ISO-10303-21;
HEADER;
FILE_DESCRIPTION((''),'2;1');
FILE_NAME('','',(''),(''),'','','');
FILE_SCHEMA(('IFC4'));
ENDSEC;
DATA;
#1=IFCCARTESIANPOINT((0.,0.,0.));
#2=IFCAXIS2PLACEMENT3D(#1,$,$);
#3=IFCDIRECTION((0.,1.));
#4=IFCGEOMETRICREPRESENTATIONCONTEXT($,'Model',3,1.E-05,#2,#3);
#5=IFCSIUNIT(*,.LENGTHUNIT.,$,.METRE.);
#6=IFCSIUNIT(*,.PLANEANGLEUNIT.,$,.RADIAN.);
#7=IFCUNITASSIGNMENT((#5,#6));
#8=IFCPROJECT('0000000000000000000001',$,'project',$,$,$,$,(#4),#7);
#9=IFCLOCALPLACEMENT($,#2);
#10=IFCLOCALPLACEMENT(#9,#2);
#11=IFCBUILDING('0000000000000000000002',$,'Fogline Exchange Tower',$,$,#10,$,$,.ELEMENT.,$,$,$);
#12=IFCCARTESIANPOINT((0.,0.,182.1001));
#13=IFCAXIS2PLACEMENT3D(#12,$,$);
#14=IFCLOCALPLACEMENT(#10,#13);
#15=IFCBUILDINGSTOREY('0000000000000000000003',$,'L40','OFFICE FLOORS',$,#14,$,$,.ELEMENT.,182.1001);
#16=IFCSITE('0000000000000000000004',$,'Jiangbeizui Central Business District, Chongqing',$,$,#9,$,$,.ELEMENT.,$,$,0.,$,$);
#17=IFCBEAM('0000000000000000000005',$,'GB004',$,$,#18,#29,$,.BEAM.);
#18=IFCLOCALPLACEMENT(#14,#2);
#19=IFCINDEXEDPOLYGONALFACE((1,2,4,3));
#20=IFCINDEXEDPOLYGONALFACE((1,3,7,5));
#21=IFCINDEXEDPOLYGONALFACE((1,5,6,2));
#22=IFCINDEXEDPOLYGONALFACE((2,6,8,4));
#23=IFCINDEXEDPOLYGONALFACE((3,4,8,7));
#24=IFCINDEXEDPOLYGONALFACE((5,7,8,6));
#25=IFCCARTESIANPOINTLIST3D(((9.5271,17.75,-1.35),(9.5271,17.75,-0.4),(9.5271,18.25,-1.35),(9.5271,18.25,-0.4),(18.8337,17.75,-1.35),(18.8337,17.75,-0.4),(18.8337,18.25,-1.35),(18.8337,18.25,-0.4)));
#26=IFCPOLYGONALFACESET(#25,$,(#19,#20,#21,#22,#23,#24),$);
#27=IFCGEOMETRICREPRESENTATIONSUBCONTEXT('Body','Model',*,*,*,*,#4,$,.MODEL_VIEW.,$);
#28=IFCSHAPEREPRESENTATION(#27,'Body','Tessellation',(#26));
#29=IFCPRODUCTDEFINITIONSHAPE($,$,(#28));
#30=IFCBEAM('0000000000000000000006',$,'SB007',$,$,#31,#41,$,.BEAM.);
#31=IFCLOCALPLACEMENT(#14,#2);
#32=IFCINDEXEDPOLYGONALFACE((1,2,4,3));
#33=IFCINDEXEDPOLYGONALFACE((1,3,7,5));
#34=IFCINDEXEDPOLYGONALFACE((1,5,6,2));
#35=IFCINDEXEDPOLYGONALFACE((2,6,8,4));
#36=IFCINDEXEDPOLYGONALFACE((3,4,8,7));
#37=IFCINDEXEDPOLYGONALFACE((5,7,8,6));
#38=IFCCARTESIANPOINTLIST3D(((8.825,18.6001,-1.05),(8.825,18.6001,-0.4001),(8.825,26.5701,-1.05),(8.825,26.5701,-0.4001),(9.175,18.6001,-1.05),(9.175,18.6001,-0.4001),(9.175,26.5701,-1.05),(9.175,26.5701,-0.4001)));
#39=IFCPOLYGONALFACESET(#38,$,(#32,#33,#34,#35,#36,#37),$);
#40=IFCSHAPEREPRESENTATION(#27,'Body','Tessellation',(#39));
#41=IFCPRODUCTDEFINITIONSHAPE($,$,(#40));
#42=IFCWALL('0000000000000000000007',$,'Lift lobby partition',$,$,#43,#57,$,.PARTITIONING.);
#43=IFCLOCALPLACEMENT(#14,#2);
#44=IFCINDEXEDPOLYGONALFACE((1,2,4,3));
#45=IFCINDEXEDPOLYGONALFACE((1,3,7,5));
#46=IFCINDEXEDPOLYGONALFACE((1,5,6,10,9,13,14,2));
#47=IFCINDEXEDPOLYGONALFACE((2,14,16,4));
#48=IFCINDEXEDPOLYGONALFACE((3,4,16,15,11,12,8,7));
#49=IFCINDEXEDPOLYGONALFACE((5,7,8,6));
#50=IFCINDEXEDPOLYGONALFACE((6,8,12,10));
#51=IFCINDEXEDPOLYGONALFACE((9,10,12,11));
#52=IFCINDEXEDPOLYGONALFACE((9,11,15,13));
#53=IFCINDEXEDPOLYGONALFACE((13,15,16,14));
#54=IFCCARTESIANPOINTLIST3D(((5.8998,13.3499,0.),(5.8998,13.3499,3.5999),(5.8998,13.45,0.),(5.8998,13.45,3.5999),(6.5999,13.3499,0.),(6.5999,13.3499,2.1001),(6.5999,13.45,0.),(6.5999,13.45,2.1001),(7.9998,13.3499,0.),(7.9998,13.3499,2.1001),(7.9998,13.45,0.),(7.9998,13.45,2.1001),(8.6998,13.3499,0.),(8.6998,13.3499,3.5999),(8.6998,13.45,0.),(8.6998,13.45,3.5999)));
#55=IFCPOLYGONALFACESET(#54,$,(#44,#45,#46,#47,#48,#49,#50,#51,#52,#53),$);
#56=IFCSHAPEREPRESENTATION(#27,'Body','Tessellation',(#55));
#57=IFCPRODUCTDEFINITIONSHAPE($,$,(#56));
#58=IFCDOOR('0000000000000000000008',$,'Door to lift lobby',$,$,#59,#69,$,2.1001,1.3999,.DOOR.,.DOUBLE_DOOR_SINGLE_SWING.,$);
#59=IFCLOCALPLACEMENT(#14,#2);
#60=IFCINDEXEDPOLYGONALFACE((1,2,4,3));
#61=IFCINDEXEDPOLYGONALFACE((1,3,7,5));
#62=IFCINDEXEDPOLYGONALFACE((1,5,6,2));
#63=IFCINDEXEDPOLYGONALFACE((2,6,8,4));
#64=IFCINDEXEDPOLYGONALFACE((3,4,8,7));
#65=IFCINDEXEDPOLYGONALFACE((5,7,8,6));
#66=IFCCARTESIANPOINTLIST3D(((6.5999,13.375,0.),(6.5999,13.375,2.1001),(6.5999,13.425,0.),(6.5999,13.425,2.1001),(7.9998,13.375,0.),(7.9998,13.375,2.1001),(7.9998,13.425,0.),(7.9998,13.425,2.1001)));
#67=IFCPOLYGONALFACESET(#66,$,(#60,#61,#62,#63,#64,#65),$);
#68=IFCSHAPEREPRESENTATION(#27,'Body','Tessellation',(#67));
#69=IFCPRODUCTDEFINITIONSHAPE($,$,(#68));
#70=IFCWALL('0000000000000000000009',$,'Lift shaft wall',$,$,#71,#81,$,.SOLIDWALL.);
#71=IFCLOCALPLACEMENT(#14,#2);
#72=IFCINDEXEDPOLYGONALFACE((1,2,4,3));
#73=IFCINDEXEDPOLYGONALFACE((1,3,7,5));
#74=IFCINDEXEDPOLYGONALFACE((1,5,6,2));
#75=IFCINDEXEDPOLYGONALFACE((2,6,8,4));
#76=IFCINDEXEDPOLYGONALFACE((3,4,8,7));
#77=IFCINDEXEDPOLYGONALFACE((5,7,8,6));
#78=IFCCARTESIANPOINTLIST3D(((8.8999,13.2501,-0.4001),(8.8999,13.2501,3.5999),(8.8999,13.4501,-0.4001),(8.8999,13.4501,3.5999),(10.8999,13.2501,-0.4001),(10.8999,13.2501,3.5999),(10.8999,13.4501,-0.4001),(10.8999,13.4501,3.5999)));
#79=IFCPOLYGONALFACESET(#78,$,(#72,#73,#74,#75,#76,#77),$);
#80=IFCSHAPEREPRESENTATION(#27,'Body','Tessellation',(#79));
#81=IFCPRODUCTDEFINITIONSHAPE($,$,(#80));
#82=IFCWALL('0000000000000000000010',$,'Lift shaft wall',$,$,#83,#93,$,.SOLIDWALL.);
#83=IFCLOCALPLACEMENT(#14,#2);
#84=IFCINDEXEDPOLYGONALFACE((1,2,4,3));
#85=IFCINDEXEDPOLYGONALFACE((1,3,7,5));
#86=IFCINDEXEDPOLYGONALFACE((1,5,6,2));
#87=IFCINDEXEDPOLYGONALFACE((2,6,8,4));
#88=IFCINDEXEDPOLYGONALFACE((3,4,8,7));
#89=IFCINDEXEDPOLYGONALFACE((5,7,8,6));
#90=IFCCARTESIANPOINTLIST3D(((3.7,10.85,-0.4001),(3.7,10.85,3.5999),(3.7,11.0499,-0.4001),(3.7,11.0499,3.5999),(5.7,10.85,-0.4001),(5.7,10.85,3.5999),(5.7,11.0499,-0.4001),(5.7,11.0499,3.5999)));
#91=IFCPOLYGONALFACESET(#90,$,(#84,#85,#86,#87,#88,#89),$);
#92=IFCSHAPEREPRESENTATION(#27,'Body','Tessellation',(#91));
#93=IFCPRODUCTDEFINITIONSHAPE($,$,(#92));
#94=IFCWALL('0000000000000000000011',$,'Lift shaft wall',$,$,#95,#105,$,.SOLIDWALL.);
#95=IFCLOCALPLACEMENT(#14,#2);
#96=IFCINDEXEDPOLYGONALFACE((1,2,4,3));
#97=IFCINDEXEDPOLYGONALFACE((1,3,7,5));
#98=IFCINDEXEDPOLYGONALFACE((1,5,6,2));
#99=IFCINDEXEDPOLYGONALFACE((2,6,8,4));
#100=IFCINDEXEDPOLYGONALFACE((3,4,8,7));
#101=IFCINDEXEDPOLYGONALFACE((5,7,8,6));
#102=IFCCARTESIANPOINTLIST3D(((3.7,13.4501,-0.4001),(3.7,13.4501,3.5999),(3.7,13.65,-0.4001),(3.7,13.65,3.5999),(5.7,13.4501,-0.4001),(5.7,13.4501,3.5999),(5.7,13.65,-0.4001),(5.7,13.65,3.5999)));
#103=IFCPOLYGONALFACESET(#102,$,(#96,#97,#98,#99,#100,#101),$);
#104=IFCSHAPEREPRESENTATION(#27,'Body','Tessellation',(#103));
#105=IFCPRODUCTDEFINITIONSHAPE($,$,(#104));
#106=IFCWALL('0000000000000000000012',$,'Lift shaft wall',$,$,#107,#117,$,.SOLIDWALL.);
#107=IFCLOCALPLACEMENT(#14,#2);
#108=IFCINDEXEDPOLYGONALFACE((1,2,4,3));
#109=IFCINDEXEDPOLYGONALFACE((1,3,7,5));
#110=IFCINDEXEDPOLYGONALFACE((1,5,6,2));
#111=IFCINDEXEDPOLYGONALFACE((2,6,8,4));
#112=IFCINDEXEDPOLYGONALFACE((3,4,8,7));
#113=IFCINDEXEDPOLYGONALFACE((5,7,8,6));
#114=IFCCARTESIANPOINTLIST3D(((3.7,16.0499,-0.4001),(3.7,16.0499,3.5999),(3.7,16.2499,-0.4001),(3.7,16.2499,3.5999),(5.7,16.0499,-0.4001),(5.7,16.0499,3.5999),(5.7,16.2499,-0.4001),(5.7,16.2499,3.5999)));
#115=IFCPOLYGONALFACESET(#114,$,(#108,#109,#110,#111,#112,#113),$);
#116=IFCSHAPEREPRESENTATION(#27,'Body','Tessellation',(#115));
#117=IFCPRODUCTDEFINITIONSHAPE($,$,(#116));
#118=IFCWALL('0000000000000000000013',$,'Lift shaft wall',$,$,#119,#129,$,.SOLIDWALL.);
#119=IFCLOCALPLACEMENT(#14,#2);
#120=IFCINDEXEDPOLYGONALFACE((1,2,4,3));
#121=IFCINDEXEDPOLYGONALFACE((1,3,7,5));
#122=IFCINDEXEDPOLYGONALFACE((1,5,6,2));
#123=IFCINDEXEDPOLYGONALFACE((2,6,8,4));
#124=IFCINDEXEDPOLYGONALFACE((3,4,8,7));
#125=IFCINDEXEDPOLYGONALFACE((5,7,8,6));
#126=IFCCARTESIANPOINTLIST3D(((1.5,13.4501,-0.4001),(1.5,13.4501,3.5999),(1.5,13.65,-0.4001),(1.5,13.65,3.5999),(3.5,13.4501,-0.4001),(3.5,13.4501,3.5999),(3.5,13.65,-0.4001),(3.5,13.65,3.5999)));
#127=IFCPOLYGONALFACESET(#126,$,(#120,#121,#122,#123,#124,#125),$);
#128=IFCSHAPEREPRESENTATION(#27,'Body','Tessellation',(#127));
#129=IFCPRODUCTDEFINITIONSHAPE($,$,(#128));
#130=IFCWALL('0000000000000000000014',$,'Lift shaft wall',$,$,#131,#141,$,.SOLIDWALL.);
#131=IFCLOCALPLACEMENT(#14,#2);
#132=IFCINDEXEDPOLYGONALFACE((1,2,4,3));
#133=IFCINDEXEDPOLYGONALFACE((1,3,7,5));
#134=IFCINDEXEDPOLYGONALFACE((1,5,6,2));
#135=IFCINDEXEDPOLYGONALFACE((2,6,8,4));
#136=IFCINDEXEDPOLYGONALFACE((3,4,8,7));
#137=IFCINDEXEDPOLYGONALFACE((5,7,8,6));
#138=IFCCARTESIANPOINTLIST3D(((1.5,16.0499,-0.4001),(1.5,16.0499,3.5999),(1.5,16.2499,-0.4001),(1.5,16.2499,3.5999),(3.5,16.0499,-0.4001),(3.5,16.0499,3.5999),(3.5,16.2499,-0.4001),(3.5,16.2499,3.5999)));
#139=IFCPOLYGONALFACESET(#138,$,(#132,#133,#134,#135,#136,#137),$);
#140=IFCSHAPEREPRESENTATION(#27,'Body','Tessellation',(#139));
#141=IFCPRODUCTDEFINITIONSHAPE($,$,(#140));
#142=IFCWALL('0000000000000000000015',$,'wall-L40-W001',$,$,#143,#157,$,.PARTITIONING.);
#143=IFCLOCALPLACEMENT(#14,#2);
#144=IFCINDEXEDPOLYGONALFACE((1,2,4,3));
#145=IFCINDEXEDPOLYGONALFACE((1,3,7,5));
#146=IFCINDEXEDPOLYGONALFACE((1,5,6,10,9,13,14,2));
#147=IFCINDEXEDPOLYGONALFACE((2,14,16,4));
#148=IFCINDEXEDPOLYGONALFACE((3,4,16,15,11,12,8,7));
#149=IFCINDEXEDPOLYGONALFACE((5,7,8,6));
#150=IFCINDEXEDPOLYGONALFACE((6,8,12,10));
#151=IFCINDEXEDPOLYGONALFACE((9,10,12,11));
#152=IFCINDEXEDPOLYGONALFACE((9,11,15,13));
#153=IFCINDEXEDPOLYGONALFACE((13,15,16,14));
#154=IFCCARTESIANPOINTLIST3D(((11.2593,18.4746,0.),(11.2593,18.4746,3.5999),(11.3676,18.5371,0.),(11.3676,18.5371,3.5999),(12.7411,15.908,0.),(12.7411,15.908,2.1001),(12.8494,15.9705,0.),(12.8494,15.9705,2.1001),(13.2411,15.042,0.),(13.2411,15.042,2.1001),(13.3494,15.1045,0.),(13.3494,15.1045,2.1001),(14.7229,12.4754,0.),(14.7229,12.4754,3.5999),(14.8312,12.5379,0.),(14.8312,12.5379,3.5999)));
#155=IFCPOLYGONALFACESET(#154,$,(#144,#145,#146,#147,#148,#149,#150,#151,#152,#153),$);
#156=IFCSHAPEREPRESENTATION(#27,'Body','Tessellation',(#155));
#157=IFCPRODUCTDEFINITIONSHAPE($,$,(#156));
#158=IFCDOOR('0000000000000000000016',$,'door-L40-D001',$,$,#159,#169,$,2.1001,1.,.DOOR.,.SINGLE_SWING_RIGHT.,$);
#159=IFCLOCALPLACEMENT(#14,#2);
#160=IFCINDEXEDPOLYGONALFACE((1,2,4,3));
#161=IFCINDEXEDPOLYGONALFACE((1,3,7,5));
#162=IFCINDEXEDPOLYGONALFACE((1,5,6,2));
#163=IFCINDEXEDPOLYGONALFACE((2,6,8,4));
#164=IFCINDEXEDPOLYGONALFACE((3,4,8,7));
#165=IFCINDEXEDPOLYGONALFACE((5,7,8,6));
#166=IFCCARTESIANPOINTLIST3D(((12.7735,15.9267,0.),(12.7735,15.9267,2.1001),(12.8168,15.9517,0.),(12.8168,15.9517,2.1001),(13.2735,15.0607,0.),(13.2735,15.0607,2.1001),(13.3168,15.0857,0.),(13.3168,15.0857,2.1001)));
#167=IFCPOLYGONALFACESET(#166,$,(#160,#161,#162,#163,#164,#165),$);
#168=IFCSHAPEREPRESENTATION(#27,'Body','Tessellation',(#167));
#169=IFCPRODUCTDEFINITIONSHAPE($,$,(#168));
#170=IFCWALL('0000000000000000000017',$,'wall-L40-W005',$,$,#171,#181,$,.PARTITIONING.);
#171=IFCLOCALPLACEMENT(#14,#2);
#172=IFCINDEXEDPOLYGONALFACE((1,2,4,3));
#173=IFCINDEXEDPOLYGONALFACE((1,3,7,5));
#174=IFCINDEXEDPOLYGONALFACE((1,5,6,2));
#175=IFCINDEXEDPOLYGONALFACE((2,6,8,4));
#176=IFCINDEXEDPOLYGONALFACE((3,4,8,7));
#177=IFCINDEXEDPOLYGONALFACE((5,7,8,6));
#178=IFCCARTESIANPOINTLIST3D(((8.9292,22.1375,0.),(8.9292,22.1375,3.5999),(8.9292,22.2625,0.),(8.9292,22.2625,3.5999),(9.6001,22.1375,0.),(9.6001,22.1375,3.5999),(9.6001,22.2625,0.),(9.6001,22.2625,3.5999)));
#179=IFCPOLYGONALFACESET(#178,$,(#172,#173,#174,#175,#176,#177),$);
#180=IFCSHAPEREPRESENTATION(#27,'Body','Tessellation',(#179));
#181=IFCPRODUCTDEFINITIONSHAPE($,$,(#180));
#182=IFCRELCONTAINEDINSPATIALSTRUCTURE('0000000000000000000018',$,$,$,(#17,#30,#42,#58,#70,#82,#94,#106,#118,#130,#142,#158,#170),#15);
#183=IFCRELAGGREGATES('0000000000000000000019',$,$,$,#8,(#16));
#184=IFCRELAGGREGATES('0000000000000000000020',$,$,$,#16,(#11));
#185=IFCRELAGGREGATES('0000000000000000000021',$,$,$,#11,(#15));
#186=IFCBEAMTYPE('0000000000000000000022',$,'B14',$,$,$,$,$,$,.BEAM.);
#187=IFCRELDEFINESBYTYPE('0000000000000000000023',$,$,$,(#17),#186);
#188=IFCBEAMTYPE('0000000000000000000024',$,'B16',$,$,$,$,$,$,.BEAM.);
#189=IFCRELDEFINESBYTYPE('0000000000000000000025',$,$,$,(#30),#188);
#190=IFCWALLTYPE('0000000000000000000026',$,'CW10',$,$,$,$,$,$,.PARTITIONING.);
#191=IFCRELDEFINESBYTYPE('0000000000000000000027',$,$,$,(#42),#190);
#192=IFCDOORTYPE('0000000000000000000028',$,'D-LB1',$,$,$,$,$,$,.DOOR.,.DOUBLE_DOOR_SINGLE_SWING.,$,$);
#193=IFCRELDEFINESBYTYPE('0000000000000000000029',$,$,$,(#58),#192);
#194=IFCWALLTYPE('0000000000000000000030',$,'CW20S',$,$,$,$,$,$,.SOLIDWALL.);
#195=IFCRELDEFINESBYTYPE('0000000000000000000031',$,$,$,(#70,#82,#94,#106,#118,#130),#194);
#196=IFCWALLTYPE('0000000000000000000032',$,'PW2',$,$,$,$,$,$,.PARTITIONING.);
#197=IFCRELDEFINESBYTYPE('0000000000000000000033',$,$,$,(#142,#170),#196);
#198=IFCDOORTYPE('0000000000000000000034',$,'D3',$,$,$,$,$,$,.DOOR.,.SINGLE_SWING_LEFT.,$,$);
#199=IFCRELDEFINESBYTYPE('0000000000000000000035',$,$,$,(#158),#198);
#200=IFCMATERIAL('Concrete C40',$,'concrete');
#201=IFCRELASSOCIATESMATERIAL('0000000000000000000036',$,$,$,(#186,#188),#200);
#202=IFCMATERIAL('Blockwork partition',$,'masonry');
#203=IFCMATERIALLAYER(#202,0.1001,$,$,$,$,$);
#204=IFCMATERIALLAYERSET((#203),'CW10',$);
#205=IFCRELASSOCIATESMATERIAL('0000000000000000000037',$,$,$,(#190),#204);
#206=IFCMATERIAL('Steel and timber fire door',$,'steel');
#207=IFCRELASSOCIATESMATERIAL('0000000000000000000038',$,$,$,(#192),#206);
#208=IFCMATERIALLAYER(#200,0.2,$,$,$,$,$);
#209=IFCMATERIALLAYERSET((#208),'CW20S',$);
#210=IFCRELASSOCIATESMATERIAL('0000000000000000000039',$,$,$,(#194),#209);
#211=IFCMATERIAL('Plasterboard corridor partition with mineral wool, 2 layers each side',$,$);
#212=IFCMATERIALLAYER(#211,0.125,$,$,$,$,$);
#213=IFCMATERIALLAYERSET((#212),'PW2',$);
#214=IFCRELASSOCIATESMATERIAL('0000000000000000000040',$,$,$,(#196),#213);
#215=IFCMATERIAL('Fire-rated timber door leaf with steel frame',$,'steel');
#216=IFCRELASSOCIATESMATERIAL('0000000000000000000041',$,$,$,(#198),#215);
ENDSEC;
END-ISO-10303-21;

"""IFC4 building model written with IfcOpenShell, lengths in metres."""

from ifc_helpers import new_model, si_unit, direction, frame, frame_2d, origin, origin_2d, place, context, subcontext, project, spatial, rectangle, extrude, material, layer, layer_set, material_profile, profile_set, type_object, element, fill, save


model = new_model("IFC4")

# Units and contexts
model_context = context("Model", 3, precision=1e-05, world=origin(), true_north=direction((0.0, 1.0)))
body_context = subcontext(model_context, "Body", "Model", "MODEL_VIEW")
ifc_project = project(units=[si_unit("LENGTHUNIT", "METRE"), si_unit("PLANEANGLEUNIT", "RADIAN")], contexts=[model_context])

# Site, building, storey
site_placement = place(None, origin())
site = spatial("IfcSite", under=ifc_project, at=site_placement, Name="Jiangbeizui Central Business District, Chongqing", CompositionType="ELEMENT", RefElevation=0.0)
building_placement = place(site_placement, origin())
building = spatial("IfcBuilding", under=site, at=building_placement, Name="Fogline Exchange Tower", CompositionType="ELEMENT")
storey_placement = place(building_placement, frame((0.0, 0.0, 182.1001)))
storey = spatial("IfcBuildingStorey", under=building, at=storey_placement, Name="L40", Description="OFFICE FLOORS", CompositionType="ELEMENT", Elevation=182.1001)

# Beams
ifc_material_1 = material(Name="Concrete C40", Category="concrete")
ifc_material_profile_1 = material_profile(ifc_material_1, rectangle(XDim=0.5, YDim=0.95, at=origin_2d()), Name="RC 500x950")
ifc_profile_set_1 = profile_set([ifc_material_profile_1], Name="Concrete C40")
beam_type_1 = type_object("IfcBeamType", Name="B14", PredefinedType="BEAM", material=ifc_profile_set_1)
beam_1_placement = place(storey_placement, frame((9.5271, 18.0, -0.875), z_axis=(1.0, 0.0, 0.0), x_axis=(0.0, 1.0, 0.0)))
element("IfcBeam", 1, at=beam_1_placement, inside=storey, type_object=beam_type_1, Name="GB004", PredefinedType="BEAM", context=body_context, shape_type="SweptSolid", body=[
    extrude(rectangle(XDim=0.5, YDim=0.95, at=origin_2d()), origin(), (0.0, 0.0, 1.0), 9.3066),
])
ifc_material_profile_2 = material_profile(ifc_material_1, rectangle(XDim=0.3501, YDim=0.6499, at=origin_2d()), Name="RC 350x650")
ifc_profile_set_2 = profile_set([ifc_material_profile_2], Name="Concrete C40")
beam_type_2 = type_object("IfcBeamType", Name="B16", PredefinedType="BEAM", material=ifc_profile_set_2)
beam_2_placement = place(storey_placement, frame((9.0, 18.6001, -0.7251), z_axis=(0.0, 1.0, 0.0), x_axis=(-1.0, 0.0, 0.0)))
element("IfcBeam", 2, at=beam_2_placement, inside=storey, type_object=beam_type_2, Name="SB007", PredefinedType="BEAM", context=body_context, shape_type="SweptSolid", body=[
    extrude(rectangle(XDim=0.3501, YDim=0.6499, at=origin_2d()), origin(), (0.0, 0.0, 1.0), 7.97),
])

# Wall, opening, door
ifc_material_2 = material(Name="Blockwork partition", Category="masonry")
ifc_layer_1 = layer(ifc_material_2, 0.1001)
ifc_layer_set_1 = layer_set([ifc_layer_1], Name="CW10")
wall_type_1 = type_object("IfcWallType", Name="CW10", PredefinedType="PARTITIONING", material=ifc_layer_set_1)
wall_1_placement = place(storey_placement, frame((5.8999, 13.3999, 0.0), z_axis=(0.0, 0.0, 1.0), x_axis=(1.0, 0.0, 0.0)))
wall_1 = element("IfcWall", 3, at=wall_1_placement, inside=storey, type_object=wall_type_1, Name="Lift lobby partition", PredefinedType="PARTITIONING", context=body_context, shape_type="SweptSolid", body=[
    extrude(rectangle(XDim=2.8, YDim=0.1001, at=frame_2d((1.3999, 0.0))), origin(), (0.0, 0.0, 1.0), 3.5999),
])
opening_1_placement = place(wall_1_placement, frame((0.7, 0.0, 0.0)))
opening_1 = element("IfcOpeningElement", 4, at=opening_1_placement, cuts=wall_1, PredefinedType="OPENING", context=body_context, shape_type="SweptSolid", body=[
    extrude(rectangle(XDim=1.3999, YDim=2.1001, at=frame_2d((0.7, 1.05))), frame((0.0, 0.0601, 0.0), z_axis=(0.0, -1.0, 0.0), x_axis=(1.0, 0.0, 0.0)), (0.0, 0.0, 1.0), 0.1201),
])
ifc_material_3 = material(Name="Steel and timber fire door", Category="steel")
door_type_1 = type_object("IfcDoorType", Name="D-LB1", OperationType="DOUBLE_DOOR_SINGLE_SWING", PredefinedType="DOOR", material=ifc_material_3)
door_1_placement = place(opening_1_placement, frame((1.3999, 0.0, 0.0), z_axis=(0.0, 0.0, 1.0), x_axis=(-1.0, 0.0, 0.0)))
door_1 = element("IfcDoor", 5, at=door_1_placement, inside=storey, type_object=door_type_1, Name="Door to lift lobby", OperationType="DOUBLE_DOOR_SINGLE_SWING", OverallHeight=2.1001, OverallWidth=1.3999, PredefinedType="DOOR", context=body_context, shape_type="SweptSolid", body=[
    extrude(rectangle(XDim=1.3999, YDim=2.1001, at=frame_2d((0.7, 1.05))), frame((0.0, 0.0249, 0.0), z_axis=(0.0, -1.0, 0.0), x_axis=(1.0, 0.0, 0.0)), (0.0, 0.0, 1.0), 0.05),
])
fill(opening_1, door_1)

# Walls
ifc_layer_2 = layer(ifc_material_1, 0.2)
ifc_layer_set_2 = layer_set([ifc_layer_2], Name="CW20S")
wall_type_2 = type_object("IfcWallType", Name="CW20S", PredefinedType="SOLIDWALL", material=ifc_layer_set_2)
for number, where, z_axis, x_axis, name in (
    (6, (8.8999, 13.3501, -0.4001), (0.0, 0.0, 1.0), (1.0, 0.0, 0.0), "Lift shaft wall"),
    (7, (3.7, 10.95, -0.4001), (0.0, 0.0, 1.0), (1.0, 0.0, 0.0), "Lift shaft wall"),
    (8, (3.7, 13.55, -0.4001), (0.0, 0.0, 1.0), (1.0, 0.0, 0.0), "Lift shaft wall"),
    (9, (3.7, 16.1499, -0.4001), (0.0, 0.0, 1.0), (1.0, 0.0, 0.0), "Lift shaft wall"),
    (10, (1.5, 13.55, -0.4001), (0.0, 0.0, 1.0), (1.0, 0.0, 0.0), "Lift shaft wall"),
    (11, (1.5, 16.1499, -0.4001), (0.0, 0.0, 1.0), (1.0, 0.0, 0.0), "Lift shaft wall"),
):
    element("IfcWall", number, at=place(storey_placement, frame(where, z_axis=z_axis, x_axis=x_axis)), inside=storey, type_object=wall_type_2, Name=name, PredefinedType="SOLIDWALL", context=body_context, shape_type="SweptSolid", body=[
        extrude(rectangle(XDim=2.0, YDim=0.2, at=frame_2d((1.0, 0.0))), origin(), (0.0, 0.0, 1.0), 4.0),
    ])

# Wall, opening, door
ifc_material_4 = material(Name="Plasterboard corridor partition with mineral wool, 2 layers each side")
ifc_layer_3 = layer(ifc_material_4, 0.125)
ifc_layer_set_3 = layer_set([ifc_layer_3], Name="PW2")
wall_type_3 = type_object("IfcWallType", Name="PW2", PredefinedType="PARTITIONING", material=ifc_layer_set_3)
wall_2_placement = place(storey_placement, frame((11.3135, 18.5059, 0.0), z_axis=(0.0, 0.0, 1.0), x_axis=(0.499994, -0.866029, 0.0)))
wall_2 = element("IfcWall", 12, at=wall_2_placement, inside=storey, type_object=wall_type_3, Name="wall-L40-W001", PredefinedType="PARTITIONING", context=body_context, shape_type="SweptSolid", body=[
    extrude(rectangle(XDim=6.9272, YDim=0.125, at=frame_2d((3.4636, 0.0))), origin(), (0.0, 0.0, 1.0), 3.5999),
])
opening_2_placement = place(wall_2_placement, frame((2.9636, 0.0, 0.0)))
opening_2 = element("IfcOpeningElement", 13, at=opening_2_placement, cuts=wall_2, PredefinedType="OPENING", context=body_context, shape_type="SweptSolid", body=[
    extrude(rectangle(XDim=1.0, YDim=2.1001, at=frame_2d((0.5, 1.05))), frame((0.0, 0.0725, 0.0), z_axis=(0.0, -1.0, 0.0), x_axis=(1.0, 0.0, 0.0)), (0.0, 0.0, 1.0), 0.145),
])
ifc_material_5 = material(Name="Fire-rated timber door leaf with steel frame", Category="steel")
door_type_2 = type_object("IfcDoorType", Name="D3", OperationType="SINGLE_SWING_LEFT", PredefinedType="DOOR", material=ifc_material_5)
door_2_placement = place(opening_2_placement, origin())
door_2 = element("IfcDoor", 14, at=door_2_placement, inside=storey, type_object=door_type_2, Name="door-L40-D001", OperationType="SINGLE_SWING_RIGHT", OverallHeight=2.1001, OverallWidth=1.0, PredefinedType="DOOR", context=body_context, shape_type="SweptSolid", body=[
    extrude(rectangle(XDim=1.0, YDim=2.1001, at=frame_2d((0.5, 1.05))), frame((0.0, 0.0249, 0.0), z_axis=(0.0, -1.0, 0.0), x_axis=(1.0, 0.0, 0.0)), (0.0, 0.0, 1.0), 0.05),
])
fill(opening_2, door_2)

# Wall
wall_3_placement = place(storey_placement, frame((8.9292, 22.2, 0.0), z_axis=(0.0, 0.0, 1.0), x_axis=(1.0, 0.0, 0.0)))
element("IfcWall", 15, at=wall_3_placement, inside=storey, type_object=wall_type_3, Name="wall-L40-W005", PredefinedType="PARTITIONING", context=body_context, shape_type="SweptSolid", body=[
    extrude(rectangle(XDim=0.6709, YDim=0.125, at=frame_2d((0.3354, 0.0))), origin(), (0.0, 0.0, 1.0), 3.5999),
])

save(model, "model.ifc")
